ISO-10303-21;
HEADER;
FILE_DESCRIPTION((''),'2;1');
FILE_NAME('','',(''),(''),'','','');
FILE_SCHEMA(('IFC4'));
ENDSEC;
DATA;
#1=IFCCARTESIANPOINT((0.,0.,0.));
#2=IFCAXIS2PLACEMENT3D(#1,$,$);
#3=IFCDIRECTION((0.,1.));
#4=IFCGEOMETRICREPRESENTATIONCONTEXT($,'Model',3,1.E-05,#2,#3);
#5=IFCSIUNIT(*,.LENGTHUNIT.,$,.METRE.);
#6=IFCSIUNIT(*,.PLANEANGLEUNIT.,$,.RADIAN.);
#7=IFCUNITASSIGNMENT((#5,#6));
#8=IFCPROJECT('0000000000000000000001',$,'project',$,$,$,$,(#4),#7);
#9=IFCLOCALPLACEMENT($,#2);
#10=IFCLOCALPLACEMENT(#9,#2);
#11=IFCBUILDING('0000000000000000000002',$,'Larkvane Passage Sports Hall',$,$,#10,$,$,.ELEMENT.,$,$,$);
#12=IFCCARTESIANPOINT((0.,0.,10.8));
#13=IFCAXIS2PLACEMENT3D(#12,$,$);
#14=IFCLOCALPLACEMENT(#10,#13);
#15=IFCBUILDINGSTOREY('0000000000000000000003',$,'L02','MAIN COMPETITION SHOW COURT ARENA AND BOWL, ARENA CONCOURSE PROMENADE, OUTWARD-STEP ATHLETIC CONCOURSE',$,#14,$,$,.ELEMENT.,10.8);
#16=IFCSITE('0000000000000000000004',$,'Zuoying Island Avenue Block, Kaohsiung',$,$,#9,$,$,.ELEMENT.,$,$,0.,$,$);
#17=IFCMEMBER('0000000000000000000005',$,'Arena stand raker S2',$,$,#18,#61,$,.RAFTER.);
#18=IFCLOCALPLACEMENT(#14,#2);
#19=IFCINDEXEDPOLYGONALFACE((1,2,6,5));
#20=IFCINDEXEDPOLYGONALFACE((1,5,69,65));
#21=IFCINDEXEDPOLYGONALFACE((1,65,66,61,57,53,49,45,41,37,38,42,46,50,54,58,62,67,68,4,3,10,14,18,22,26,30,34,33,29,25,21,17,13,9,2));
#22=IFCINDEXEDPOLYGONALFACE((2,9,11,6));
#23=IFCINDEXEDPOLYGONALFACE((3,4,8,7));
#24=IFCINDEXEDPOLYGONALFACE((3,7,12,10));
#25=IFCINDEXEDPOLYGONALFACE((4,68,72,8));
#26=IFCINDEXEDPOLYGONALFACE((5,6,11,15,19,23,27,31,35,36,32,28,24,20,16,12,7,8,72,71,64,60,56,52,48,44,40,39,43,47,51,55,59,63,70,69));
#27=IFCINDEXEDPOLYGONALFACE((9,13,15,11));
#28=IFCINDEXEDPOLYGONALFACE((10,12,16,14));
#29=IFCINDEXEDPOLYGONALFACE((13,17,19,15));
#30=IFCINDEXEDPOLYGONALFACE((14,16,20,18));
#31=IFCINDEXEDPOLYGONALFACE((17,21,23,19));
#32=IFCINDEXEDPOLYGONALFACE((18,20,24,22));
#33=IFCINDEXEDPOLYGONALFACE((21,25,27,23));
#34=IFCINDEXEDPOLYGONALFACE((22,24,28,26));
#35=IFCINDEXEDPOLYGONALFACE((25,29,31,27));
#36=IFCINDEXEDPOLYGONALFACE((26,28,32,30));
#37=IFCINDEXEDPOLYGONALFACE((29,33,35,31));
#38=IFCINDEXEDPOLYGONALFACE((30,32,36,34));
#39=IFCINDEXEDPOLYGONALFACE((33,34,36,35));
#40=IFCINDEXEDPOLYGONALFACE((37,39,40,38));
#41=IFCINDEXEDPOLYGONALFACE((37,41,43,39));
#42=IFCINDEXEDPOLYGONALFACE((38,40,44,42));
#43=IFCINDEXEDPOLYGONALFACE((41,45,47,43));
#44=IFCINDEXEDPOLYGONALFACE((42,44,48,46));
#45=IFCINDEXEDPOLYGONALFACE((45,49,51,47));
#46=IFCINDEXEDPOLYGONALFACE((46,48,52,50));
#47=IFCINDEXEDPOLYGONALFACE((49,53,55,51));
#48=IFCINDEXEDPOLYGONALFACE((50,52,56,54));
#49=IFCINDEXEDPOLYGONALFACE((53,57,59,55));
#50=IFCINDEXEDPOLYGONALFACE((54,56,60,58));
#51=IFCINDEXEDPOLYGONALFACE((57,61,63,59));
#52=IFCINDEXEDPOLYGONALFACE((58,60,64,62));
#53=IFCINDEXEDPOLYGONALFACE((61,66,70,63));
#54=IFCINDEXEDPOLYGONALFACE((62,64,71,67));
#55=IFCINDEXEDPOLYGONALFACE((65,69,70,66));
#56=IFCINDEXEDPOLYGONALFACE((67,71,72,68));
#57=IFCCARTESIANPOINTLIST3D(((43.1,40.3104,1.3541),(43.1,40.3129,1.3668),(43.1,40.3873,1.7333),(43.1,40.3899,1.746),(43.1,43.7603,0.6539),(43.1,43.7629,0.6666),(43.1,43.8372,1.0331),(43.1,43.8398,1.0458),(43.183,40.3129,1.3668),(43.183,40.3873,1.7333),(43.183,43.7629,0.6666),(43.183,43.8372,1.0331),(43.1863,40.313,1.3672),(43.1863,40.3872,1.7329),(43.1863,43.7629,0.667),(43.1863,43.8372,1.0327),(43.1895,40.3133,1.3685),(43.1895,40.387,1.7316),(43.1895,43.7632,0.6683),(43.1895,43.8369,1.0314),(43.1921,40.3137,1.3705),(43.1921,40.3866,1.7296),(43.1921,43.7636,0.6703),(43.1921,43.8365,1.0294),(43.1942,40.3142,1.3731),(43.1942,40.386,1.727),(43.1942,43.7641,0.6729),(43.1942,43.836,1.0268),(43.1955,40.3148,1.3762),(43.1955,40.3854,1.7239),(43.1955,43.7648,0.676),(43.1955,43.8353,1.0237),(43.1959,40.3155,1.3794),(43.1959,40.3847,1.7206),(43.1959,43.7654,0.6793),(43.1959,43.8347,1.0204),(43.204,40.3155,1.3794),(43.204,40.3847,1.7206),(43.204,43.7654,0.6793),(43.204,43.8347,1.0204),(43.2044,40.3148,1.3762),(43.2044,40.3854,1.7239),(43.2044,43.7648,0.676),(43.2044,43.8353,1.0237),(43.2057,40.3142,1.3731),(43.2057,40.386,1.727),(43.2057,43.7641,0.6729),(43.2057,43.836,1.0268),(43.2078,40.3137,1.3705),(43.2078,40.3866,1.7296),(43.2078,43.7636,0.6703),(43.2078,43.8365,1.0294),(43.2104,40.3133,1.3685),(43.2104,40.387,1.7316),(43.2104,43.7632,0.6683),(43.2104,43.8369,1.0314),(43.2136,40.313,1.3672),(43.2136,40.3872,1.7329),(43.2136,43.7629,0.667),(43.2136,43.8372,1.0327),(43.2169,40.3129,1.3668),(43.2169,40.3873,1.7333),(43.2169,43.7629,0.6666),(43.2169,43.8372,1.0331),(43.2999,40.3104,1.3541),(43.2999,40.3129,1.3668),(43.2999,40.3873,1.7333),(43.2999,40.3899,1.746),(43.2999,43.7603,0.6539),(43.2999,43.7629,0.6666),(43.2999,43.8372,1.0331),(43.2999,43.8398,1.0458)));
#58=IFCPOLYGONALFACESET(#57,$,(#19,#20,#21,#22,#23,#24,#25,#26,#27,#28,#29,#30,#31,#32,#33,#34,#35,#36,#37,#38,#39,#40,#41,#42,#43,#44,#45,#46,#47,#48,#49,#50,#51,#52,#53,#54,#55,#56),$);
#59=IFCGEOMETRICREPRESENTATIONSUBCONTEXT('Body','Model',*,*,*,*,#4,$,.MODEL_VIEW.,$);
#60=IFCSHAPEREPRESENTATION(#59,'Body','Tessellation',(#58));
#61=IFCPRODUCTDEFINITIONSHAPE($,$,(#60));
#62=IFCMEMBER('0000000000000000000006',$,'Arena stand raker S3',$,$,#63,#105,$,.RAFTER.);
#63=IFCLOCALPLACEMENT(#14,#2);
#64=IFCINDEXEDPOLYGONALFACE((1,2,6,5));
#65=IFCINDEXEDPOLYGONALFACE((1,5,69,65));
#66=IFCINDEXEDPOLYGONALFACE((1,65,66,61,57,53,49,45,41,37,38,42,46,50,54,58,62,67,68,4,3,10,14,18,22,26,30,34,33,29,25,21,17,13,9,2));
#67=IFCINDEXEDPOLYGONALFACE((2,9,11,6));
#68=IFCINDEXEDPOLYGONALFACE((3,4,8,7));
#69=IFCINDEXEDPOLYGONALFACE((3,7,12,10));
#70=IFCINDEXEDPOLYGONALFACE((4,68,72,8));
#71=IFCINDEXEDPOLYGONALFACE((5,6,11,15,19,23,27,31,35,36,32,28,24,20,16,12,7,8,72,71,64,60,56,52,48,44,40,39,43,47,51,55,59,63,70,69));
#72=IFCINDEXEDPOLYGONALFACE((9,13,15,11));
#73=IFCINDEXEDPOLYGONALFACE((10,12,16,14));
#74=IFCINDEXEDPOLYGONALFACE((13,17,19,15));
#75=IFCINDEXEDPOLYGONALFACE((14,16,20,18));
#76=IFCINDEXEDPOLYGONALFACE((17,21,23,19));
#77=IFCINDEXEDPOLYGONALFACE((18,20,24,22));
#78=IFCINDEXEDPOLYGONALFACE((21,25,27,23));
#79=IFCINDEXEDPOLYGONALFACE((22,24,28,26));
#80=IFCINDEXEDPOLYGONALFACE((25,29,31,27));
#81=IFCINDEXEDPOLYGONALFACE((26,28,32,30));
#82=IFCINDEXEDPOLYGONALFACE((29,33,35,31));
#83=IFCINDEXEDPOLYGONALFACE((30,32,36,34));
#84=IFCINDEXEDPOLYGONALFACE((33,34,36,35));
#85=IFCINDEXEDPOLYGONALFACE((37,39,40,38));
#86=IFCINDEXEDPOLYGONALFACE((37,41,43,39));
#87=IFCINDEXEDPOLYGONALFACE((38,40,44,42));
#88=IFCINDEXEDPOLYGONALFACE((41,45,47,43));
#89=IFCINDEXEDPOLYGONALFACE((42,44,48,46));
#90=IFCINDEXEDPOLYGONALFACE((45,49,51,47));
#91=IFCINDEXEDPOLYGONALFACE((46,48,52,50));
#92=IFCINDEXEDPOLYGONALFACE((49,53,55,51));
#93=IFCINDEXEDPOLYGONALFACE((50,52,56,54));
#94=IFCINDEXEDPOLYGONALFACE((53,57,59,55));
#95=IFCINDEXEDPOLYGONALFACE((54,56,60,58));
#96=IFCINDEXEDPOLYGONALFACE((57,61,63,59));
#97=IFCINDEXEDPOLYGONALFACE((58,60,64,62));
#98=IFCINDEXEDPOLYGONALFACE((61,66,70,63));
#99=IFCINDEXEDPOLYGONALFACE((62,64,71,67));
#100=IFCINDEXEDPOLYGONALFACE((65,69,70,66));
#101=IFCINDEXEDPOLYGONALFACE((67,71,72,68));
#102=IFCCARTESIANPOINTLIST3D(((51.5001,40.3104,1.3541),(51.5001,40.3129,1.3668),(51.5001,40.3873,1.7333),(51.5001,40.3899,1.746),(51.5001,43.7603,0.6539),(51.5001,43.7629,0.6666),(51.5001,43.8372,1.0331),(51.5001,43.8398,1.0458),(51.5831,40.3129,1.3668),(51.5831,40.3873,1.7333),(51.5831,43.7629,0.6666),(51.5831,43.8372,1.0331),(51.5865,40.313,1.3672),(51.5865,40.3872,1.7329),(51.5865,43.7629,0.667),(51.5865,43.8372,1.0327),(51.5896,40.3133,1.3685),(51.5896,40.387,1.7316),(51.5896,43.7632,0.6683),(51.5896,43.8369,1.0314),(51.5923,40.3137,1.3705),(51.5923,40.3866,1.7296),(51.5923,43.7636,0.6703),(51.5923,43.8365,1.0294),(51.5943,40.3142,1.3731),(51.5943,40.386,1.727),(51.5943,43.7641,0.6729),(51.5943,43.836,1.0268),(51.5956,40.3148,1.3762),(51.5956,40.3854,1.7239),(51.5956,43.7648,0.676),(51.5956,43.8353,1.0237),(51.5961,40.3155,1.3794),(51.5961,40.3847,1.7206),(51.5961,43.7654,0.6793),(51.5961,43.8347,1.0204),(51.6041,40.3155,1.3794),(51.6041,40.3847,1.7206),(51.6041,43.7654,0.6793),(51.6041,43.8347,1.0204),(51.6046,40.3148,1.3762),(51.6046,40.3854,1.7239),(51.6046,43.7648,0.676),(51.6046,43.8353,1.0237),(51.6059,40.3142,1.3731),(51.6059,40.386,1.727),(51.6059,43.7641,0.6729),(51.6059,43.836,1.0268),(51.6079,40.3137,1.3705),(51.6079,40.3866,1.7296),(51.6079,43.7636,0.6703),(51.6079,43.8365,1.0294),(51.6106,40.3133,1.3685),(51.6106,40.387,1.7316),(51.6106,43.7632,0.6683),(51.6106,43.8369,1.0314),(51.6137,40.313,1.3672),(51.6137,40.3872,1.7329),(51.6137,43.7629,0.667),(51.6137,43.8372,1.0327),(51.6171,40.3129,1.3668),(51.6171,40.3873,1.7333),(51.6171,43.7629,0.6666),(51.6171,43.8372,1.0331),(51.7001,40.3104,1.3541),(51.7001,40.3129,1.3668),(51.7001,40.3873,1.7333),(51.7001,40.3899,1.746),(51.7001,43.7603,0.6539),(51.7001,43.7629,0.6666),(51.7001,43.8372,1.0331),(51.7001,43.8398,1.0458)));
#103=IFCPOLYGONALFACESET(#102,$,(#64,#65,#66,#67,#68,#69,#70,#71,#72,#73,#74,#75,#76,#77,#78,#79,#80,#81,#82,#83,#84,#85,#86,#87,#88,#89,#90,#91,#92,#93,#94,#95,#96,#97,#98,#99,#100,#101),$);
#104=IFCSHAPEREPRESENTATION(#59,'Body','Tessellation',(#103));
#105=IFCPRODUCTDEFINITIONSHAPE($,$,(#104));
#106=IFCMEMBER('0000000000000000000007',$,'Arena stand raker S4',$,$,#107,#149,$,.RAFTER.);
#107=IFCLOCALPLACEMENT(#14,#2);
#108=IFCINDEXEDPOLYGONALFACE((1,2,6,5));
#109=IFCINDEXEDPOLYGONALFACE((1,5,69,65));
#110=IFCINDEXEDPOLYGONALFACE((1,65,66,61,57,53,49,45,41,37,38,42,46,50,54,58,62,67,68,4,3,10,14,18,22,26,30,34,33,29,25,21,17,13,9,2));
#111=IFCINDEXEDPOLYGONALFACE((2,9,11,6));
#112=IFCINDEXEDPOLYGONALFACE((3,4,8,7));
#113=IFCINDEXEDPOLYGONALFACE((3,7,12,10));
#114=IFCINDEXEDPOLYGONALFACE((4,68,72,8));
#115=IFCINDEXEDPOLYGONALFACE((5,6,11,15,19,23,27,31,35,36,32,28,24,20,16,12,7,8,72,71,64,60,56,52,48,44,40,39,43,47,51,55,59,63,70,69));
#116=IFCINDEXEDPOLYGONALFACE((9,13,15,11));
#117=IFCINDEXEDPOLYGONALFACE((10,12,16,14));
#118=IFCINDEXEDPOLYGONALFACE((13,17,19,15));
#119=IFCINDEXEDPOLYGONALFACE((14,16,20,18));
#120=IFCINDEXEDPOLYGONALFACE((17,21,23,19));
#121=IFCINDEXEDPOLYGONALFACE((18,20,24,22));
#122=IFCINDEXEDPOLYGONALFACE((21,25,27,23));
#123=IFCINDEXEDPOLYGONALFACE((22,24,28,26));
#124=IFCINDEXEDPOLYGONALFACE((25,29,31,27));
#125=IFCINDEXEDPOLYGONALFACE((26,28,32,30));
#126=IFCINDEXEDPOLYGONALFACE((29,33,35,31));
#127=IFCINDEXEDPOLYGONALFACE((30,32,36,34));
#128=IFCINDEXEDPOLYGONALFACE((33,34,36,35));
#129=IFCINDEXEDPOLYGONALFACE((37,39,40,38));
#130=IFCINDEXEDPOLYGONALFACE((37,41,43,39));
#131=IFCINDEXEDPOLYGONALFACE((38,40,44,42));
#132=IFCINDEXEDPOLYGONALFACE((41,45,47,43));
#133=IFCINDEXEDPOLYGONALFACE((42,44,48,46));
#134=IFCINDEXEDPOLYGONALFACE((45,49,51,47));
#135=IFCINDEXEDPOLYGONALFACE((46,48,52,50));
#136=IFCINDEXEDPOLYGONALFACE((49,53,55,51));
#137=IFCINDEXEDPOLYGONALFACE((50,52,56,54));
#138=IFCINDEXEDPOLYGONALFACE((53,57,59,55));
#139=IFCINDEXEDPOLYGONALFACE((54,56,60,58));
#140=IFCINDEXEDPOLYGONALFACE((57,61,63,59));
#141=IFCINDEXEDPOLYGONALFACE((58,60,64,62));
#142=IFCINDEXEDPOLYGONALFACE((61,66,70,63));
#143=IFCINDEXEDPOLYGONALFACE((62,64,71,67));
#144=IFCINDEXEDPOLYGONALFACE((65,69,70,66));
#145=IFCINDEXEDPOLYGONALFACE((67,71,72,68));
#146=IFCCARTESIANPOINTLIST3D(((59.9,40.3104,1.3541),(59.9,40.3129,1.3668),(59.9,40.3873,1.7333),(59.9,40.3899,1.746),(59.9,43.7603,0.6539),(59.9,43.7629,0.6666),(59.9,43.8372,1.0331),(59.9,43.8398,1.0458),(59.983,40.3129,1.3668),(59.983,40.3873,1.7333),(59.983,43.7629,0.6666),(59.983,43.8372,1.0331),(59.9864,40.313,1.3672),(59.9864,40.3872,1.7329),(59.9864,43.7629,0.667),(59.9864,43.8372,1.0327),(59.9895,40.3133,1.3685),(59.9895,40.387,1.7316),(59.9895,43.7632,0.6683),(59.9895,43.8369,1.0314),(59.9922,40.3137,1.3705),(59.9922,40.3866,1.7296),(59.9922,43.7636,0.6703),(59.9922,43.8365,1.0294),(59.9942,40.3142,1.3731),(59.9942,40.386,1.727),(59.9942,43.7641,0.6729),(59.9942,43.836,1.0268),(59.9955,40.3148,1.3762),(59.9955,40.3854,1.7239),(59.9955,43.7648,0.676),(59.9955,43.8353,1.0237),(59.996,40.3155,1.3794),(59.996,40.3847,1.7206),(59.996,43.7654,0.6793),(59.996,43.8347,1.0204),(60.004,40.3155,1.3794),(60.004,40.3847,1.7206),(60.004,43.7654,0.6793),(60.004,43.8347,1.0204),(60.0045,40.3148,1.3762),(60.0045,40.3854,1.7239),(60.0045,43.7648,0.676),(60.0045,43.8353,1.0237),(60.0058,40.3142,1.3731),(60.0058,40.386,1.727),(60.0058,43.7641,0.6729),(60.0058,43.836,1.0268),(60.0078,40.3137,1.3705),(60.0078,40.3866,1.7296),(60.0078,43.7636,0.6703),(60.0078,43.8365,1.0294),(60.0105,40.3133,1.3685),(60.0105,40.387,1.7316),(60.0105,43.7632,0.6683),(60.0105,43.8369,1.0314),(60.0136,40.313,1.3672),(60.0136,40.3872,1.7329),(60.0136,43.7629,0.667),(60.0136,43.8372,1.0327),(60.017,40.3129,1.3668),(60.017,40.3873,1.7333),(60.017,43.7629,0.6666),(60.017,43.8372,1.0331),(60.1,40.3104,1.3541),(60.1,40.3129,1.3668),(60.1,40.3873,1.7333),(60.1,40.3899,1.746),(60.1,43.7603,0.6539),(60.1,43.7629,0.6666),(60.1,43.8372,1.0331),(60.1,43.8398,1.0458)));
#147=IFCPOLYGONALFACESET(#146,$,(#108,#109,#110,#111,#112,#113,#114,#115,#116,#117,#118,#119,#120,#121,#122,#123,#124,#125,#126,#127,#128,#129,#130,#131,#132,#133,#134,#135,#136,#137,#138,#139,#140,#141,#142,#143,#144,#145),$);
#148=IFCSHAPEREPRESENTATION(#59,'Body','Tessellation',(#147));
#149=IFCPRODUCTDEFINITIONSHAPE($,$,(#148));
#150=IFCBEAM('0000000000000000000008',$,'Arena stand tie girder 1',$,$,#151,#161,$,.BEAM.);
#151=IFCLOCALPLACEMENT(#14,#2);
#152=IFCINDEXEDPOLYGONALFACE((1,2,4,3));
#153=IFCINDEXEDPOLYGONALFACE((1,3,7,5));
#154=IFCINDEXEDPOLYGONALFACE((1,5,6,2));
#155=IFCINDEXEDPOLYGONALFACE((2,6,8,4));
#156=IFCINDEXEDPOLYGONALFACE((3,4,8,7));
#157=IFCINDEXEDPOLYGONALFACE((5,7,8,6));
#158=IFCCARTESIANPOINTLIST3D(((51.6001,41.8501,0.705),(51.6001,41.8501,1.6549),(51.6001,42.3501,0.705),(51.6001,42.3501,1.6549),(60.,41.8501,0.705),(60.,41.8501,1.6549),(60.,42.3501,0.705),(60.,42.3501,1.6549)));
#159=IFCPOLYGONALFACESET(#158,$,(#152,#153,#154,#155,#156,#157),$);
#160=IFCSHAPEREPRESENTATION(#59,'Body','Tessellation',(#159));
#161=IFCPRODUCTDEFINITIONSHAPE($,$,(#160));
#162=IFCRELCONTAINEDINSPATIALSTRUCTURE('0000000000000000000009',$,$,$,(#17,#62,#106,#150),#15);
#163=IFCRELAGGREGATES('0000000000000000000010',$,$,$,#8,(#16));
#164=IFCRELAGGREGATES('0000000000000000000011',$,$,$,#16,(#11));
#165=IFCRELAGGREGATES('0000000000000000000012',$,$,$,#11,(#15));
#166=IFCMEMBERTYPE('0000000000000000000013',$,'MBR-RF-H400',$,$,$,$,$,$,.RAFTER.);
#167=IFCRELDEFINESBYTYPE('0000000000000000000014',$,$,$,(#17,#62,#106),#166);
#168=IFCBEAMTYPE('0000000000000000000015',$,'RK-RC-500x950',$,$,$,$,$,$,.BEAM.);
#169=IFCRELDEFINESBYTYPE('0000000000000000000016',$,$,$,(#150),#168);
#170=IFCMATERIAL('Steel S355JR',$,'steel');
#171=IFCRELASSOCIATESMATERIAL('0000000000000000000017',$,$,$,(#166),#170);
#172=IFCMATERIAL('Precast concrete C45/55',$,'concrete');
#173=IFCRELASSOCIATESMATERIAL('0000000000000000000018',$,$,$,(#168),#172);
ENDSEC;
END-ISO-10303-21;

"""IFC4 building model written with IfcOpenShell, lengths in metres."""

from ifc_helpers import new_model, si_unit, direction, frame, origin, origin_2d, place, context, subcontext, project, spatial, rectangle, i_section, extrude, material, material_profile, profile_set, type_object, element, save


model = new_model("IFC4")

# Units and contexts
model_context = context("Model", 3, precision=1e-05, world=origin(), true_north=direction((0.0, 1.0)))
body_context = subcontext(model_context, "Body", "Model", "MODEL_VIEW")
ifc_project = project(units=[si_unit("LENGTHUNIT", "METRE"), si_unit("PLANEANGLEUNIT", "RADIAN")], contexts=[model_context])

# Site, building, storey
site_placement = place(None, origin())
site = spatial("IfcSite", under=ifc_project, at=site_placement, Name="Zuoying Island Avenue Block, Kaohsiung", CompositionType="ELEMENT", RefElevation=0.0)
building_placement = place(site_placement, origin())
building = spatial("IfcBuilding", under=site, at=building_placement, Name="Larkvane Passage Sports Hall", CompositionType="ELEMENT")
storey_placement = place(building_placement, frame((0.0, 0.0, 10.8)))
storey = spatial("IfcBuildingStorey", under=building, at=storey_placement, Name="L02", Description="MAIN COMPETITION SHOW COURT ARENA AND BOWL, ARENA CONCOURSE PROMENADE, OUTWARD-STEP ATHLETIC CONCOURSE", CompositionType="ELEMENT", Elevation=10.8)

# Shared definitions
ifc_material_1 = material(Name="Steel S355JR", Category="steel")

# Members
ifc_material_profile_1 = material_profile(ifc_material_1, i_section(OverallWidth=0.2, OverallDepth=0.3999, WebThickness=0.0081, FlangeThickness=0.0129, FilletRadius=0.0129, at=origin_2d()), Name="H-400x200x8x13")
ifc_profile_set_1 = profile_set([ifc_material_profile_1], Name="Steel S355JR")
member_type = type_object("IfcMemberType", Name="MBR-RF-H400", PredefinedType="RAFTER", material=ifc_profile_set_1)
for number, where, z_axis, x_axis, name in (
    (1, (43.2, 43.8, 0.8499), (0.0, -0.980019, 0.198903), (1.0, 0.0, 0.0), "Arena stand raker S2"),
    (2, (51.6001, 43.8, 0.8499), (0.0, -0.980019, 0.198903), (1.0, 0.0, 0.0), "Arena stand raker S3"),
    (3, (60.0, 43.8, 0.8499), (0.0, -0.980019, 0.198903), (1.0, 0.0, 0.0), "Arena stand raker S4"),
):
    element("IfcMember", number, at=place(storey_placement, frame(where, z_axis=z_axis, x_axis=x_axis)), inside=storey, type_object=member_type, Name=name, PredefinedType="RAFTER", context=body_context, shape_type="SweptSolid", body=[
        extrude(i_section(OverallWidth=0.2, OverallDepth=0.3999, WebThickness=0.0081, FlangeThickness=0.0129, FilletRadius=0.0129, at=origin_2d()), origin(), (0.0, 0.0, 1.0), 3.5203),
    ])

# Beam
ifc_material_2 = material(Name="Precast concrete C45/55", Category="concrete")
ifc_material_profile_2 = material_profile(ifc_material_2, rectangle(XDim=0.5, YDim=0.95, at=origin_2d()), Name="RC-RK-500x950")
ifc_profile_set_2 = profile_set([ifc_material_profile_2], Name="Precast concrete C45/55")
beam_type_1 = type_object("IfcBeamType", Name="RK-RC-500x950", PredefinedType="BEAM", material=ifc_profile_set_2)
beam_1_placement = place(storey_placement, frame((51.6001, 42.1001, 1.1799), z_axis=(1.0, 0.0, 0.0), x_axis=(0.0, 1.0, 0.0)))
element("IfcBeam", 4, at=beam_1_placement, inside=storey, type_object=beam_type_1, Name="Arena stand tie girder 1", PredefinedType="BEAM", context=body_context, shape_type="SweptSolid", body=[
    extrude(rectangle(XDim=0.5, YDim=0.95, at=origin_2d()), origin(), (0.0, 0.0, 1.0), 8.3999),
])

save(model, "model.ifc")
